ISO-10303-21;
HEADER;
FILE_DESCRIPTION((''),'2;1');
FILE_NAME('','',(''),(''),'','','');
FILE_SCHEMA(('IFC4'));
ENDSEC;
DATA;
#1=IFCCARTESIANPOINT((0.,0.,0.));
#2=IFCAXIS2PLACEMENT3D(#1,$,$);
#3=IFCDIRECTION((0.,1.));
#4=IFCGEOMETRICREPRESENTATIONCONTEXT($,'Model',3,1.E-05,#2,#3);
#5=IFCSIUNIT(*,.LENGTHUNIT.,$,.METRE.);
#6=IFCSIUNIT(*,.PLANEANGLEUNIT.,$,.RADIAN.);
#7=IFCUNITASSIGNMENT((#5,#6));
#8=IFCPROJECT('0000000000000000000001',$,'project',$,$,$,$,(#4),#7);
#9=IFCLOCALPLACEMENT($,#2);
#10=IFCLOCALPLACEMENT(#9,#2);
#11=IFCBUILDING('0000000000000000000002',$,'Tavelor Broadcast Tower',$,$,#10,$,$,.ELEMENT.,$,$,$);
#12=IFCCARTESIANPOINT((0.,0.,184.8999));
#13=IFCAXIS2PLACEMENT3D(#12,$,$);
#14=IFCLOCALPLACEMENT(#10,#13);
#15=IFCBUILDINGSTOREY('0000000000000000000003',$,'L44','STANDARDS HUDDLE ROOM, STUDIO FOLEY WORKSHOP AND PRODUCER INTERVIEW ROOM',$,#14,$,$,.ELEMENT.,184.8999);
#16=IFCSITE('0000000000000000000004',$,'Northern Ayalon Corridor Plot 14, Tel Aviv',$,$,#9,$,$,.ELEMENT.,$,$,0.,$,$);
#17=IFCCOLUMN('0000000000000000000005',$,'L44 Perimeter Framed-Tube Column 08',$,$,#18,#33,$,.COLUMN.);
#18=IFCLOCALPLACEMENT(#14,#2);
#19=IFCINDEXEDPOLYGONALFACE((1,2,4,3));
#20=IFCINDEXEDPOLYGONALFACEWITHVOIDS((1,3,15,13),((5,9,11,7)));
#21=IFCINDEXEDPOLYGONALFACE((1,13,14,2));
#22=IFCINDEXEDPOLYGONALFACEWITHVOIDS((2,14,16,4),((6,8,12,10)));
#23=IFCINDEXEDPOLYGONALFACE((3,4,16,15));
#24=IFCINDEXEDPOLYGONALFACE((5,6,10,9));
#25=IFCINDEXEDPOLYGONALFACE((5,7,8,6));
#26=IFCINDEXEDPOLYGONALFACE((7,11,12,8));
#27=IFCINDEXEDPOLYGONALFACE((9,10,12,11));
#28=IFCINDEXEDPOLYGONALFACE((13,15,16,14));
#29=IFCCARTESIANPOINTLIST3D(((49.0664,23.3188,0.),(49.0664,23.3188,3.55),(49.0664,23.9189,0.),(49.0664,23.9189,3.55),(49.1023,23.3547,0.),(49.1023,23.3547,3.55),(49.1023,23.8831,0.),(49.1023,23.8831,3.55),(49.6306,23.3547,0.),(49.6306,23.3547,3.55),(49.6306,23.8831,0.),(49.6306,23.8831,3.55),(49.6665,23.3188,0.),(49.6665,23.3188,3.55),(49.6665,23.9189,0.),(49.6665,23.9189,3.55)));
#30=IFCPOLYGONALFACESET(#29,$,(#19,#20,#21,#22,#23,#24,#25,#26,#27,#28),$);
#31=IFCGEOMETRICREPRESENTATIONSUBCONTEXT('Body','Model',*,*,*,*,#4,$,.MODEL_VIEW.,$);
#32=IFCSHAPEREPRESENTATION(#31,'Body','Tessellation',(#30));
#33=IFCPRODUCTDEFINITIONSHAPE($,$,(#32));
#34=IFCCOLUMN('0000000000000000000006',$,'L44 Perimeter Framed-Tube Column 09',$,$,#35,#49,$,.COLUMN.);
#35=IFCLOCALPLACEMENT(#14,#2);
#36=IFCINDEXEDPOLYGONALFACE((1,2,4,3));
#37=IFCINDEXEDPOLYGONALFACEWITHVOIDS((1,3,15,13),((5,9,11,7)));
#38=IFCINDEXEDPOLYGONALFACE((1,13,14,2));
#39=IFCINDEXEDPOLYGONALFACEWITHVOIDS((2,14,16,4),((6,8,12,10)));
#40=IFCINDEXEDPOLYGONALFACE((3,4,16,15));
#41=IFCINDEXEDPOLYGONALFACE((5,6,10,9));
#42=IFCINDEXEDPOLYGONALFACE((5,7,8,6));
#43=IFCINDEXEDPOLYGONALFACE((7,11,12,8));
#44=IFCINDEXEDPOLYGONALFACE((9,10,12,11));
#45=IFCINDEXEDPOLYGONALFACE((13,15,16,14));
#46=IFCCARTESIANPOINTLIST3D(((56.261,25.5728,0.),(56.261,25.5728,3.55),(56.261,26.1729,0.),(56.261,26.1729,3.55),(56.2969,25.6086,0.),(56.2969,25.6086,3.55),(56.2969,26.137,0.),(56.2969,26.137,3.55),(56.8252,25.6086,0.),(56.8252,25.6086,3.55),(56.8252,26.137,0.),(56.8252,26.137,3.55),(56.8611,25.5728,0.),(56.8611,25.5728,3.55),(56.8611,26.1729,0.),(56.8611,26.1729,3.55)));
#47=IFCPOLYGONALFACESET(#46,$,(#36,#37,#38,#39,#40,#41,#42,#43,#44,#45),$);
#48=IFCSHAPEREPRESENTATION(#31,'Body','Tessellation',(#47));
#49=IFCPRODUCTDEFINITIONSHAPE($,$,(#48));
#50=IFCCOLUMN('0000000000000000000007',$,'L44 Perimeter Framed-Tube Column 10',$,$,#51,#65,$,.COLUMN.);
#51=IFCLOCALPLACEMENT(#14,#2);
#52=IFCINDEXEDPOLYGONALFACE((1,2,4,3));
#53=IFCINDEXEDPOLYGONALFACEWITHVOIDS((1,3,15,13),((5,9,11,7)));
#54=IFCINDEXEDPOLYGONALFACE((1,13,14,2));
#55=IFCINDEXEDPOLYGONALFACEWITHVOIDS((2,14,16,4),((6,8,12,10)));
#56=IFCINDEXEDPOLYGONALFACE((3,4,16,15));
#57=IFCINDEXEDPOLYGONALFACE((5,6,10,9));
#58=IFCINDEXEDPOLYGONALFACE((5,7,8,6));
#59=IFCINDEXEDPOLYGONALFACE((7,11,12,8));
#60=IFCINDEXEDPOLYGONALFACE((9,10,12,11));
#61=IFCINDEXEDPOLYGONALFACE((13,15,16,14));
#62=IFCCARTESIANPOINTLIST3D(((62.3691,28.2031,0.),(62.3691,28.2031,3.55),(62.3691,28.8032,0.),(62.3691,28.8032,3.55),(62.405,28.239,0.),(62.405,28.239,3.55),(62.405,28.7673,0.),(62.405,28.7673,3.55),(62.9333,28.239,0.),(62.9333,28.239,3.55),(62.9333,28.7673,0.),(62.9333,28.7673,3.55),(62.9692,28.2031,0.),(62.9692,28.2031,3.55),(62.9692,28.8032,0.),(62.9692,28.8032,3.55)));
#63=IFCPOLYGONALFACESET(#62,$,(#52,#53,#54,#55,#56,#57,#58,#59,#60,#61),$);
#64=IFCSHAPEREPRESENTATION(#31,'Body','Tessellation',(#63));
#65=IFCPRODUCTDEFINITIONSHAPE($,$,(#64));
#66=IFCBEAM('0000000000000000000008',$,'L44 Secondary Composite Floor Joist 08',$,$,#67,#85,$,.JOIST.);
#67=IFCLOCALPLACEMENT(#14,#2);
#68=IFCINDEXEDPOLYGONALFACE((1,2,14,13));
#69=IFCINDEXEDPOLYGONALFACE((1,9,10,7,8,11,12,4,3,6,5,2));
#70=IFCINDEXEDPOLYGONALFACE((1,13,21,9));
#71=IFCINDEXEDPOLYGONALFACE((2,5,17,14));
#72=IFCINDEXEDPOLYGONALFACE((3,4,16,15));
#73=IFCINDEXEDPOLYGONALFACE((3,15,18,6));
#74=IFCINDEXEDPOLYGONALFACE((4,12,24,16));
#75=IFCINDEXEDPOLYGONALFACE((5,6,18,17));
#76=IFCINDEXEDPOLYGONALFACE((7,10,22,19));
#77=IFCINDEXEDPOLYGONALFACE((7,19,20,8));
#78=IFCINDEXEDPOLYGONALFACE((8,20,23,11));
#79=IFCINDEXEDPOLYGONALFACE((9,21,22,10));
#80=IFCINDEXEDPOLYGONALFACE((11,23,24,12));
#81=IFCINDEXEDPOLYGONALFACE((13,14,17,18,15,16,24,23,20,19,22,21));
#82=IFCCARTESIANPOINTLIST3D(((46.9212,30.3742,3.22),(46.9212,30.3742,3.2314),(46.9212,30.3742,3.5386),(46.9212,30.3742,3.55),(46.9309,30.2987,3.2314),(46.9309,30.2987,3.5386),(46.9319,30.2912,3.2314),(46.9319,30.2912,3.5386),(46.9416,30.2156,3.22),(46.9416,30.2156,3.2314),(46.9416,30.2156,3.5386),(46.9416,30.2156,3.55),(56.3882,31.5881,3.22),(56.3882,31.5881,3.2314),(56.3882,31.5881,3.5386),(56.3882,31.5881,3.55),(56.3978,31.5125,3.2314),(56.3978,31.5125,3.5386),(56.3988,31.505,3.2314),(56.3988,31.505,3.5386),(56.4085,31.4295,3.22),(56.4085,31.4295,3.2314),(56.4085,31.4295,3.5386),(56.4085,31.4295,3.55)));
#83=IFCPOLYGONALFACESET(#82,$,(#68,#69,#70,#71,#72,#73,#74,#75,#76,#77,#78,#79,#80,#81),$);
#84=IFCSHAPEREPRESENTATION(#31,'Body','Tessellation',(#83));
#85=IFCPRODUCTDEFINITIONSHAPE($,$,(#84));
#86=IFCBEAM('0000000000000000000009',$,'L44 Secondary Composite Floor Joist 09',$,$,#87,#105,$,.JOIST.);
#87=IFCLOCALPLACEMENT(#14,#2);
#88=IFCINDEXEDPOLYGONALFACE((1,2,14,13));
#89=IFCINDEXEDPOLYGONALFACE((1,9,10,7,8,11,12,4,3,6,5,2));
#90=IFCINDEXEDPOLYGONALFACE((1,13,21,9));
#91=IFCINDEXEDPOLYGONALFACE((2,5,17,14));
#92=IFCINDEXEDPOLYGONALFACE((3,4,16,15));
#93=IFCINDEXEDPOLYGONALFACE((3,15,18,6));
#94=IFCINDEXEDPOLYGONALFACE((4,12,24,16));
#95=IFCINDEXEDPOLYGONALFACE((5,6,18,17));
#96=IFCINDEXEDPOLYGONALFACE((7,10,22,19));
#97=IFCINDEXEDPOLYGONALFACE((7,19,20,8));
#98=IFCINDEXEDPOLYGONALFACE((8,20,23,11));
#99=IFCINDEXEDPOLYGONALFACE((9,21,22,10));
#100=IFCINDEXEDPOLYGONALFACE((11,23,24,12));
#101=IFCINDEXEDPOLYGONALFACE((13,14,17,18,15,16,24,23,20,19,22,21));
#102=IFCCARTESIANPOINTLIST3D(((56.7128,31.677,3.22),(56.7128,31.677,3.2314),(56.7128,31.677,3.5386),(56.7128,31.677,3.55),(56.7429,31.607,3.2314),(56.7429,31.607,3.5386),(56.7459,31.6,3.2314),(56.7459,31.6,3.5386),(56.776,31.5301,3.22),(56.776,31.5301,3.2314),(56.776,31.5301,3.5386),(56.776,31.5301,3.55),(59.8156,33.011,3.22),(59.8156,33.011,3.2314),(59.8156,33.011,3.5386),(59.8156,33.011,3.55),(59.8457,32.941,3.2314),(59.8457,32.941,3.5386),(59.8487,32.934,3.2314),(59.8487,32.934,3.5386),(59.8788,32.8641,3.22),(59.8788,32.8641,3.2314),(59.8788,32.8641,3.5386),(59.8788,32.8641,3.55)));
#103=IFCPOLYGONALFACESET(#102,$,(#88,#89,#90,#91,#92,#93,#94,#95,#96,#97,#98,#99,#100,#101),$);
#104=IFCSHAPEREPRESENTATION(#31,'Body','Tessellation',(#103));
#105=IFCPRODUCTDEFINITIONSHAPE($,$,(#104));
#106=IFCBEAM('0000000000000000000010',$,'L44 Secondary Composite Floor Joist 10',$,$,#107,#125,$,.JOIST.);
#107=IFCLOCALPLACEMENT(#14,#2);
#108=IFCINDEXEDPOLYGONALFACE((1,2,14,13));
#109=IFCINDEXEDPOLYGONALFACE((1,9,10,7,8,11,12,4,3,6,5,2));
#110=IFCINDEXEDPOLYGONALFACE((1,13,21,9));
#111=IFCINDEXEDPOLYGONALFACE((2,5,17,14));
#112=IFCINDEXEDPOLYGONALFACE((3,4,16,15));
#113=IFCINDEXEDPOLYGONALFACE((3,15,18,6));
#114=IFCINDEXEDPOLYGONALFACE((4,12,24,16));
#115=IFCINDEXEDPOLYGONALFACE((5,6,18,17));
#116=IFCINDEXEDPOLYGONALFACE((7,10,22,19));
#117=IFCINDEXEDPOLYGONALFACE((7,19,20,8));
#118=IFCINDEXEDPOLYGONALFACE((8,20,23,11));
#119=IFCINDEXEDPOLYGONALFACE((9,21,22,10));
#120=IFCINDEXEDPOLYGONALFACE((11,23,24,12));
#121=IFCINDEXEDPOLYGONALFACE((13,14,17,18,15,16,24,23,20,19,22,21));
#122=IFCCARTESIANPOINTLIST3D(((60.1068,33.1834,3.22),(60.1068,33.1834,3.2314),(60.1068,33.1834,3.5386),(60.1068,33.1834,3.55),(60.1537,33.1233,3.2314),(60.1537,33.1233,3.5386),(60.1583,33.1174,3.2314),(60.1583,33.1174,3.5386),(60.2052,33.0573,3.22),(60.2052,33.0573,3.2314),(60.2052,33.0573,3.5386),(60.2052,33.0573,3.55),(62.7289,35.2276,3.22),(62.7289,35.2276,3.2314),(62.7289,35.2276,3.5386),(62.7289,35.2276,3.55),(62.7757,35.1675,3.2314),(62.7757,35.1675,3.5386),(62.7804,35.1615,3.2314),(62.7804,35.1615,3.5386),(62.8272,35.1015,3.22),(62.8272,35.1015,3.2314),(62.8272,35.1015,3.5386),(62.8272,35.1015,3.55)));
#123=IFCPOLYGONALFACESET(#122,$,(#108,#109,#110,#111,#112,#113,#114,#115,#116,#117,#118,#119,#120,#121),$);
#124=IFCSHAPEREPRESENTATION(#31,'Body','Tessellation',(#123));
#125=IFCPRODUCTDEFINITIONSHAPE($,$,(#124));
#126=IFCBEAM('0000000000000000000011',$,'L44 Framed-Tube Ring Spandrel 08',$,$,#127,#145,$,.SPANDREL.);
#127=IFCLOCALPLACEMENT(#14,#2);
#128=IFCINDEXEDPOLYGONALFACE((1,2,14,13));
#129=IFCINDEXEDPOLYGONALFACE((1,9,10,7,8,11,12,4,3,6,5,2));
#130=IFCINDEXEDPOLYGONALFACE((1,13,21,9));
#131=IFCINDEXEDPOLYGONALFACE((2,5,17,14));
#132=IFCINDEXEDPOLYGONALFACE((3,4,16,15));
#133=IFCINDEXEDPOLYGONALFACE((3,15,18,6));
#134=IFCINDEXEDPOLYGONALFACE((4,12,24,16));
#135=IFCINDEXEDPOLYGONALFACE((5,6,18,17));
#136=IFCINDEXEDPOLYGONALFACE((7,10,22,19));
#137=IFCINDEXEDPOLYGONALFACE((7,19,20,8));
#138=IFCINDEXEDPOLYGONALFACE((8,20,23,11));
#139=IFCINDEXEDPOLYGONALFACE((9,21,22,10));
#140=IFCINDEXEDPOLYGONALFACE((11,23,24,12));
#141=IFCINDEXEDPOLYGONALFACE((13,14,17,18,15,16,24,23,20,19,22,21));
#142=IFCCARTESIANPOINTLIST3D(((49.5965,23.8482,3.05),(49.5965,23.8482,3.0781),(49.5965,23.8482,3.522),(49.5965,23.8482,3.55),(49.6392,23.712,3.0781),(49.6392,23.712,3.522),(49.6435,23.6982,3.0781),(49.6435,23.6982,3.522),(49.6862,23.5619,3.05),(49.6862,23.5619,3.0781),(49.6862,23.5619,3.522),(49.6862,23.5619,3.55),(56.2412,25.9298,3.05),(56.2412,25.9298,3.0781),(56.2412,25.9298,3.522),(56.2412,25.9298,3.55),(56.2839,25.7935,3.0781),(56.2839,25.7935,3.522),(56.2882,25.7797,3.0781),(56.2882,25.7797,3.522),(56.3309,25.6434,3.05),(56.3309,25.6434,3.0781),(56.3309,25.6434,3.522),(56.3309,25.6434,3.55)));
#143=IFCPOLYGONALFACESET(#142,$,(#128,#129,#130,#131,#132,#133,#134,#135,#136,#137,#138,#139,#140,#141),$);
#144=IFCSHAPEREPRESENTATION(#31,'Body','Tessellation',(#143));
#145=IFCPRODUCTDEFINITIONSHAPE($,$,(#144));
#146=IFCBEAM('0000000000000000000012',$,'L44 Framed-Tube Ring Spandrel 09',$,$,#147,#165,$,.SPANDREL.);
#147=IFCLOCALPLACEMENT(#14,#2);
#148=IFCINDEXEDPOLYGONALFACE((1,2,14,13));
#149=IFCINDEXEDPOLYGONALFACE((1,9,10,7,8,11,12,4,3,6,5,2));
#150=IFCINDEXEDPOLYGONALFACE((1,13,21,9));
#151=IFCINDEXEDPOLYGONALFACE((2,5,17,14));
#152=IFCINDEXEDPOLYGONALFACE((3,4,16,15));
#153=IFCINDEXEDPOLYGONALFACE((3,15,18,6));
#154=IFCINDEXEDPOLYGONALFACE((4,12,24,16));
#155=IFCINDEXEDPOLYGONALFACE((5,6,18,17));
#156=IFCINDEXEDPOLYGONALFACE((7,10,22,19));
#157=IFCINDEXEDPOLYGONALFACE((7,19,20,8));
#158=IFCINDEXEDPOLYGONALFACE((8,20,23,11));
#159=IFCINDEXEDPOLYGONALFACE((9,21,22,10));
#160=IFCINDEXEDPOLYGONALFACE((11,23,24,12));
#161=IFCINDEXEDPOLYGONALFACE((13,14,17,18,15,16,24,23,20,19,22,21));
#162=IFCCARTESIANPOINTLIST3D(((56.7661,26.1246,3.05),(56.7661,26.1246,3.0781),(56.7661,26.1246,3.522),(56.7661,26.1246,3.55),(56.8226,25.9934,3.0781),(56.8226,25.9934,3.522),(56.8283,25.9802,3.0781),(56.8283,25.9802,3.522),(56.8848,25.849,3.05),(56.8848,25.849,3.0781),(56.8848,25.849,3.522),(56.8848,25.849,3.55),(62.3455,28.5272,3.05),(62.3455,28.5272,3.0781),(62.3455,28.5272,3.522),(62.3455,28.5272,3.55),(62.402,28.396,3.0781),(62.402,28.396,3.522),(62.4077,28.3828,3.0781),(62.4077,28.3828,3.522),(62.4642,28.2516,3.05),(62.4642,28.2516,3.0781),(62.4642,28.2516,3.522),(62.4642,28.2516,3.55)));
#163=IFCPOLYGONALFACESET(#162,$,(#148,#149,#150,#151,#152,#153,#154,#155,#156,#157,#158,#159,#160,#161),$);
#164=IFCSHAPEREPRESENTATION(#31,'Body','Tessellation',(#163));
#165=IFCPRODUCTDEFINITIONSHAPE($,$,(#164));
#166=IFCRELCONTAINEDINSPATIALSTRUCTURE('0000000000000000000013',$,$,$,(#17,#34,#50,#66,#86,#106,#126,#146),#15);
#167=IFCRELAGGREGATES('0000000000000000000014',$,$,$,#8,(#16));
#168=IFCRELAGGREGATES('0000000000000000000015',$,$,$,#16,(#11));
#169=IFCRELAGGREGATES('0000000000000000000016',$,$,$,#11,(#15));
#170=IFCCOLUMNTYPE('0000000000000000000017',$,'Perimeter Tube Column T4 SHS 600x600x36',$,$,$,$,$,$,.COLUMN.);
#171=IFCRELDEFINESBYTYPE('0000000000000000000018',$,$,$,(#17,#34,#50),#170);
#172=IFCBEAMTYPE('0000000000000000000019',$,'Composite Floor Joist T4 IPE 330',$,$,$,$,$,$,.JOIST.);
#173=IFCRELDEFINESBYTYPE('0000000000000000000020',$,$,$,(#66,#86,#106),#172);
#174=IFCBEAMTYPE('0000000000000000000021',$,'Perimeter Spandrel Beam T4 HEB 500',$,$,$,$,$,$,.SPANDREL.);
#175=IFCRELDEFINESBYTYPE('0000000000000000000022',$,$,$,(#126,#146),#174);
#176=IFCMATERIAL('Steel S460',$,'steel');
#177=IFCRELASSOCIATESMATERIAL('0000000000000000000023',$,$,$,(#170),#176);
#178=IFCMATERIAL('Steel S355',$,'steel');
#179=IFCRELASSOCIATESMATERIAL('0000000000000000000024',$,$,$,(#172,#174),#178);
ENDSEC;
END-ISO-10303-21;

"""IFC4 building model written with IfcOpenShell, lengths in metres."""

from ifc_helpers import new_model, si_unit, direction, frame, origin, origin_2d, place, context, subcontext, project, spatial, hollow_rectangle, i_section, extrude, material, material_profile, profile_set, type_object, element, save


model = new_model("IFC4")

# Units and contexts
model_context = context("Model", 3, precision=1e-05, world=origin(), true_north=direction((0.0, 1.0)))
body_context = subcontext(model_context, "Body", "Model", "MODEL_VIEW")
ifc_project = project(units=[si_unit("LENGTHUNIT", "METRE"), si_unit("PLANEANGLEUNIT", "RADIAN")], contexts=[model_context])

# Site, building, storey
site_placement = place(None, origin())
site = spatial("IfcSite", under=ifc_project, at=site_placement, Name="Northern Ayalon Corridor Plot 14, Tel Aviv", CompositionType="ELEMENT", RefElevation=0.0)
building_placement = place(site_placement, origin())
building = spatial("IfcBuilding", under=site, at=building_placement, Name="Tavelor Broadcast Tower", CompositionType="ELEMENT")
storey_placement = place(building_placement, frame((0.0, 0.0, 184.8999)))
storey = spatial("IfcBuildingStorey", under=building, at=storey_placement, Name="L44", Description="STANDARDS HUDDLE ROOM, STUDIO FOLEY WORKSHOP AND PRODUCER INTERVIEW ROOM", CompositionType="ELEMENT", Elevation=184.8999)

# Columns
ifc_material_1 = material(Name="Steel S460", Category="steel")
ifc_material_profile_1 = material_profile(ifc_material_1, hollow_rectangle(XDim=0.6001, YDim=0.6001, WallThickness=0.0359, at=origin_2d()), Name="SHS 600x600x36")
ifc_profile_set_1 = profile_set([ifc_material_profile_1], Name="Steel S460")
column_type = type_object("IfcColumnType", Name="Perimeter Tube Column T4 SHS 600x600x36", PredefinedType="COLUMN", material=ifc_profile_set_1)
for number, where, z_axis, x_axis, name in (
    (1, (49.3665, 23.6189, 0.0), (0.0, 0.0, 1.0), (1.0, 0.0, 0.0), "L44 Perimeter Framed-Tube Column 08"),
    (2, (56.561, 25.8728, 0.0), (0.0, 0.0, 1.0), (1.0, 0.0, 0.0), "L44 Perimeter Framed-Tube Column 09"),
    (3, (62.6692, 28.5032, 0.0), (0.0, 0.0, 1.0), (1.0, 0.0, 0.0), "L44 Perimeter Framed-Tube Column 10"),
):
    element("IfcColumn", number, at=place(storey_placement, frame(where, z_axis=z_axis, x_axis=x_axis)), inside=storey, type_object=column_type, Name=name, PredefinedType="COLUMN", context=body_context, shape_type="SweptSolid", body=[
        extrude(hollow_rectangle(XDim=0.6001, YDim=0.6001, WallThickness=0.0359, at=origin_2d()), origin(), (0.0, 0.0, 1.0), 3.55),
    ])

# Beams
ifc_material_2 = material(Name="Steel S355", Category="steel")
ifc_material_profile_2 = material_profile(ifc_material_2, i_section(OverallWidth=0.1599, OverallDepth=0.3301, WebThickness=0.0076, FlangeThickness=0.0115, at=origin_2d()), Name="IPE 330")
ifc_profile_set_2 = profile_set([ifc_material_profile_2], Name="Steel S355")
beam_type_1 = type_object("IfcBeamType", Name="Composite Floor Joist T4 IPE 330", PredefinedType="JOIST", material=ifc_profile_set_2)
beam_1_placement = place(storey_placement, frame((46.9314, 30.2949, 3.385), z_axis=(0.99188, 0.127179, 0.0), x_axis=(-0.127179, 0.99188, 0.0)))
element("IfcBeam", 4, at=beam_1_placement, inside=storey, type_object=beam_type_1, Name="L44 Secondary Composite Floor Joist 08", PredefinedType="JOIST", context=body_context, shape_type="SweptSolid", body=[
    extrude(i_section(OverallWidth=0.1599, OverallDepth=0.3301, WebThickness=0.0076, FlangeThickness=0.0115, at=origin_2d()), origin(), (0.0, 0.0, 1.0), 9.5444),
])
beam_2_placement = place(storey_placement, frame((56.7444, 31.6035, 3.385), z_axis=(0.918692, 0.394975, 0.0), x_axis=(-0.394975, 0.918692, 0.0)))
element("IfcBeam", 5, at=beam_2_placement, inside=storey, type_object=beam_type_1, Name="L44 Secondary Composite Floor Joist 09", PredefinedType="JOIST", context=body_context, shape_type="SweptSolid", body=[
    extrude(i_section(OverallWidth=0.1599, OverallDepth=0.3301, WebThickness=0.0076, FlangeThickness=0.0115, at=origin_2d()), origin(), (0.0, 0.0, 1.0), 3.3774),
])
beam_3_placement = place(storey_placement, frame((60.156, 33.1204, 3.385), z_axis=(0.788652, 0.61484, 0.0), x_axis=(-0.61484, 0.788652, 0.0)))
element("IfcBeam", 6, at=beam_3_placement, inside=storey, type_object=beam_type_1, Name="L44 Secondary Composite Floor Joist 10", PredefinedType="JOIST", context=body_context, shape_type="SweptSolid", body=[
    extrude(i_section(OverallWidth=0.1599, OverallDepth=0.3301, WebThickness=0.0076, FlangeThickness=0.0115, at=origin_2d()), origin(), (0.0, 0.0, 1.0), 3.3247),
])
ifc_material_profile_3 = material_profile(ifc_material_2, i_section(OverallWidth=0.3, OverallDepth=0.5, WebThickness=0.0144, FlangeThickness=0.0281, at=origin_2d()), Name="HEB 500")
ifc_profile_set_3 = profile_set([ifc_material_profile_3], Name="Steel S355")
beam_type_2 = type_object("IfcBeamType", Name="Perimeter Spandrel Beam T4 HEB 500", PredefinedType="SPANDREL", material=ifc_profile_set_3)
beam_4_placement = place(storey_placement, frame((49.6414, 23.7051, 3.3), z_axis=(0.954273, 0.298936, 0.0), x_axis=(-0.298936, 0.954273, 0.0)))
element("IfcBeam", 7, at=beam_4_placement, inside=storey, type_object=beam_type_2, Name="L44 Framed-Tube Ring Spandrel 08", PredefinedType="SPANDREL", context=body_context, shape_type="SweptSolid", body=[
    extrude(i_section(OverallWidth=0.3, OverallDepth=0.5, WebThickness=0.0144, FlangeThickness=0.0281, at=origin_2d()), origin(), (0.0, 0.0, 1.0), 6.9631),
])
beam_5_placement = place(storey_placement, frame((56.8254, 25.9868, 3.3), z_axis=(0.918462, 0.39551, 0.0), x_axis=(-0.39551, 0.918462, 0.0)))
element("IfcBeam", 8, at=beam_5_placement, inside=storey, type_object=beam_type_2, Name="L44 Framed-Tube Ring Spandrel 09", PredefinedType="SPANDREL", context=body_context, shape_type="SweptSolid", body=[
    extrude(i_section(OverallWidth=0.3, OverallDepth=0.5, WebThickness=0.0144, FlangeThickness=0.0281, at=origin_2d()), origin(), (0.0, 0.0, 1.0), 6.0747),
])

save(model, "model.ifc")
